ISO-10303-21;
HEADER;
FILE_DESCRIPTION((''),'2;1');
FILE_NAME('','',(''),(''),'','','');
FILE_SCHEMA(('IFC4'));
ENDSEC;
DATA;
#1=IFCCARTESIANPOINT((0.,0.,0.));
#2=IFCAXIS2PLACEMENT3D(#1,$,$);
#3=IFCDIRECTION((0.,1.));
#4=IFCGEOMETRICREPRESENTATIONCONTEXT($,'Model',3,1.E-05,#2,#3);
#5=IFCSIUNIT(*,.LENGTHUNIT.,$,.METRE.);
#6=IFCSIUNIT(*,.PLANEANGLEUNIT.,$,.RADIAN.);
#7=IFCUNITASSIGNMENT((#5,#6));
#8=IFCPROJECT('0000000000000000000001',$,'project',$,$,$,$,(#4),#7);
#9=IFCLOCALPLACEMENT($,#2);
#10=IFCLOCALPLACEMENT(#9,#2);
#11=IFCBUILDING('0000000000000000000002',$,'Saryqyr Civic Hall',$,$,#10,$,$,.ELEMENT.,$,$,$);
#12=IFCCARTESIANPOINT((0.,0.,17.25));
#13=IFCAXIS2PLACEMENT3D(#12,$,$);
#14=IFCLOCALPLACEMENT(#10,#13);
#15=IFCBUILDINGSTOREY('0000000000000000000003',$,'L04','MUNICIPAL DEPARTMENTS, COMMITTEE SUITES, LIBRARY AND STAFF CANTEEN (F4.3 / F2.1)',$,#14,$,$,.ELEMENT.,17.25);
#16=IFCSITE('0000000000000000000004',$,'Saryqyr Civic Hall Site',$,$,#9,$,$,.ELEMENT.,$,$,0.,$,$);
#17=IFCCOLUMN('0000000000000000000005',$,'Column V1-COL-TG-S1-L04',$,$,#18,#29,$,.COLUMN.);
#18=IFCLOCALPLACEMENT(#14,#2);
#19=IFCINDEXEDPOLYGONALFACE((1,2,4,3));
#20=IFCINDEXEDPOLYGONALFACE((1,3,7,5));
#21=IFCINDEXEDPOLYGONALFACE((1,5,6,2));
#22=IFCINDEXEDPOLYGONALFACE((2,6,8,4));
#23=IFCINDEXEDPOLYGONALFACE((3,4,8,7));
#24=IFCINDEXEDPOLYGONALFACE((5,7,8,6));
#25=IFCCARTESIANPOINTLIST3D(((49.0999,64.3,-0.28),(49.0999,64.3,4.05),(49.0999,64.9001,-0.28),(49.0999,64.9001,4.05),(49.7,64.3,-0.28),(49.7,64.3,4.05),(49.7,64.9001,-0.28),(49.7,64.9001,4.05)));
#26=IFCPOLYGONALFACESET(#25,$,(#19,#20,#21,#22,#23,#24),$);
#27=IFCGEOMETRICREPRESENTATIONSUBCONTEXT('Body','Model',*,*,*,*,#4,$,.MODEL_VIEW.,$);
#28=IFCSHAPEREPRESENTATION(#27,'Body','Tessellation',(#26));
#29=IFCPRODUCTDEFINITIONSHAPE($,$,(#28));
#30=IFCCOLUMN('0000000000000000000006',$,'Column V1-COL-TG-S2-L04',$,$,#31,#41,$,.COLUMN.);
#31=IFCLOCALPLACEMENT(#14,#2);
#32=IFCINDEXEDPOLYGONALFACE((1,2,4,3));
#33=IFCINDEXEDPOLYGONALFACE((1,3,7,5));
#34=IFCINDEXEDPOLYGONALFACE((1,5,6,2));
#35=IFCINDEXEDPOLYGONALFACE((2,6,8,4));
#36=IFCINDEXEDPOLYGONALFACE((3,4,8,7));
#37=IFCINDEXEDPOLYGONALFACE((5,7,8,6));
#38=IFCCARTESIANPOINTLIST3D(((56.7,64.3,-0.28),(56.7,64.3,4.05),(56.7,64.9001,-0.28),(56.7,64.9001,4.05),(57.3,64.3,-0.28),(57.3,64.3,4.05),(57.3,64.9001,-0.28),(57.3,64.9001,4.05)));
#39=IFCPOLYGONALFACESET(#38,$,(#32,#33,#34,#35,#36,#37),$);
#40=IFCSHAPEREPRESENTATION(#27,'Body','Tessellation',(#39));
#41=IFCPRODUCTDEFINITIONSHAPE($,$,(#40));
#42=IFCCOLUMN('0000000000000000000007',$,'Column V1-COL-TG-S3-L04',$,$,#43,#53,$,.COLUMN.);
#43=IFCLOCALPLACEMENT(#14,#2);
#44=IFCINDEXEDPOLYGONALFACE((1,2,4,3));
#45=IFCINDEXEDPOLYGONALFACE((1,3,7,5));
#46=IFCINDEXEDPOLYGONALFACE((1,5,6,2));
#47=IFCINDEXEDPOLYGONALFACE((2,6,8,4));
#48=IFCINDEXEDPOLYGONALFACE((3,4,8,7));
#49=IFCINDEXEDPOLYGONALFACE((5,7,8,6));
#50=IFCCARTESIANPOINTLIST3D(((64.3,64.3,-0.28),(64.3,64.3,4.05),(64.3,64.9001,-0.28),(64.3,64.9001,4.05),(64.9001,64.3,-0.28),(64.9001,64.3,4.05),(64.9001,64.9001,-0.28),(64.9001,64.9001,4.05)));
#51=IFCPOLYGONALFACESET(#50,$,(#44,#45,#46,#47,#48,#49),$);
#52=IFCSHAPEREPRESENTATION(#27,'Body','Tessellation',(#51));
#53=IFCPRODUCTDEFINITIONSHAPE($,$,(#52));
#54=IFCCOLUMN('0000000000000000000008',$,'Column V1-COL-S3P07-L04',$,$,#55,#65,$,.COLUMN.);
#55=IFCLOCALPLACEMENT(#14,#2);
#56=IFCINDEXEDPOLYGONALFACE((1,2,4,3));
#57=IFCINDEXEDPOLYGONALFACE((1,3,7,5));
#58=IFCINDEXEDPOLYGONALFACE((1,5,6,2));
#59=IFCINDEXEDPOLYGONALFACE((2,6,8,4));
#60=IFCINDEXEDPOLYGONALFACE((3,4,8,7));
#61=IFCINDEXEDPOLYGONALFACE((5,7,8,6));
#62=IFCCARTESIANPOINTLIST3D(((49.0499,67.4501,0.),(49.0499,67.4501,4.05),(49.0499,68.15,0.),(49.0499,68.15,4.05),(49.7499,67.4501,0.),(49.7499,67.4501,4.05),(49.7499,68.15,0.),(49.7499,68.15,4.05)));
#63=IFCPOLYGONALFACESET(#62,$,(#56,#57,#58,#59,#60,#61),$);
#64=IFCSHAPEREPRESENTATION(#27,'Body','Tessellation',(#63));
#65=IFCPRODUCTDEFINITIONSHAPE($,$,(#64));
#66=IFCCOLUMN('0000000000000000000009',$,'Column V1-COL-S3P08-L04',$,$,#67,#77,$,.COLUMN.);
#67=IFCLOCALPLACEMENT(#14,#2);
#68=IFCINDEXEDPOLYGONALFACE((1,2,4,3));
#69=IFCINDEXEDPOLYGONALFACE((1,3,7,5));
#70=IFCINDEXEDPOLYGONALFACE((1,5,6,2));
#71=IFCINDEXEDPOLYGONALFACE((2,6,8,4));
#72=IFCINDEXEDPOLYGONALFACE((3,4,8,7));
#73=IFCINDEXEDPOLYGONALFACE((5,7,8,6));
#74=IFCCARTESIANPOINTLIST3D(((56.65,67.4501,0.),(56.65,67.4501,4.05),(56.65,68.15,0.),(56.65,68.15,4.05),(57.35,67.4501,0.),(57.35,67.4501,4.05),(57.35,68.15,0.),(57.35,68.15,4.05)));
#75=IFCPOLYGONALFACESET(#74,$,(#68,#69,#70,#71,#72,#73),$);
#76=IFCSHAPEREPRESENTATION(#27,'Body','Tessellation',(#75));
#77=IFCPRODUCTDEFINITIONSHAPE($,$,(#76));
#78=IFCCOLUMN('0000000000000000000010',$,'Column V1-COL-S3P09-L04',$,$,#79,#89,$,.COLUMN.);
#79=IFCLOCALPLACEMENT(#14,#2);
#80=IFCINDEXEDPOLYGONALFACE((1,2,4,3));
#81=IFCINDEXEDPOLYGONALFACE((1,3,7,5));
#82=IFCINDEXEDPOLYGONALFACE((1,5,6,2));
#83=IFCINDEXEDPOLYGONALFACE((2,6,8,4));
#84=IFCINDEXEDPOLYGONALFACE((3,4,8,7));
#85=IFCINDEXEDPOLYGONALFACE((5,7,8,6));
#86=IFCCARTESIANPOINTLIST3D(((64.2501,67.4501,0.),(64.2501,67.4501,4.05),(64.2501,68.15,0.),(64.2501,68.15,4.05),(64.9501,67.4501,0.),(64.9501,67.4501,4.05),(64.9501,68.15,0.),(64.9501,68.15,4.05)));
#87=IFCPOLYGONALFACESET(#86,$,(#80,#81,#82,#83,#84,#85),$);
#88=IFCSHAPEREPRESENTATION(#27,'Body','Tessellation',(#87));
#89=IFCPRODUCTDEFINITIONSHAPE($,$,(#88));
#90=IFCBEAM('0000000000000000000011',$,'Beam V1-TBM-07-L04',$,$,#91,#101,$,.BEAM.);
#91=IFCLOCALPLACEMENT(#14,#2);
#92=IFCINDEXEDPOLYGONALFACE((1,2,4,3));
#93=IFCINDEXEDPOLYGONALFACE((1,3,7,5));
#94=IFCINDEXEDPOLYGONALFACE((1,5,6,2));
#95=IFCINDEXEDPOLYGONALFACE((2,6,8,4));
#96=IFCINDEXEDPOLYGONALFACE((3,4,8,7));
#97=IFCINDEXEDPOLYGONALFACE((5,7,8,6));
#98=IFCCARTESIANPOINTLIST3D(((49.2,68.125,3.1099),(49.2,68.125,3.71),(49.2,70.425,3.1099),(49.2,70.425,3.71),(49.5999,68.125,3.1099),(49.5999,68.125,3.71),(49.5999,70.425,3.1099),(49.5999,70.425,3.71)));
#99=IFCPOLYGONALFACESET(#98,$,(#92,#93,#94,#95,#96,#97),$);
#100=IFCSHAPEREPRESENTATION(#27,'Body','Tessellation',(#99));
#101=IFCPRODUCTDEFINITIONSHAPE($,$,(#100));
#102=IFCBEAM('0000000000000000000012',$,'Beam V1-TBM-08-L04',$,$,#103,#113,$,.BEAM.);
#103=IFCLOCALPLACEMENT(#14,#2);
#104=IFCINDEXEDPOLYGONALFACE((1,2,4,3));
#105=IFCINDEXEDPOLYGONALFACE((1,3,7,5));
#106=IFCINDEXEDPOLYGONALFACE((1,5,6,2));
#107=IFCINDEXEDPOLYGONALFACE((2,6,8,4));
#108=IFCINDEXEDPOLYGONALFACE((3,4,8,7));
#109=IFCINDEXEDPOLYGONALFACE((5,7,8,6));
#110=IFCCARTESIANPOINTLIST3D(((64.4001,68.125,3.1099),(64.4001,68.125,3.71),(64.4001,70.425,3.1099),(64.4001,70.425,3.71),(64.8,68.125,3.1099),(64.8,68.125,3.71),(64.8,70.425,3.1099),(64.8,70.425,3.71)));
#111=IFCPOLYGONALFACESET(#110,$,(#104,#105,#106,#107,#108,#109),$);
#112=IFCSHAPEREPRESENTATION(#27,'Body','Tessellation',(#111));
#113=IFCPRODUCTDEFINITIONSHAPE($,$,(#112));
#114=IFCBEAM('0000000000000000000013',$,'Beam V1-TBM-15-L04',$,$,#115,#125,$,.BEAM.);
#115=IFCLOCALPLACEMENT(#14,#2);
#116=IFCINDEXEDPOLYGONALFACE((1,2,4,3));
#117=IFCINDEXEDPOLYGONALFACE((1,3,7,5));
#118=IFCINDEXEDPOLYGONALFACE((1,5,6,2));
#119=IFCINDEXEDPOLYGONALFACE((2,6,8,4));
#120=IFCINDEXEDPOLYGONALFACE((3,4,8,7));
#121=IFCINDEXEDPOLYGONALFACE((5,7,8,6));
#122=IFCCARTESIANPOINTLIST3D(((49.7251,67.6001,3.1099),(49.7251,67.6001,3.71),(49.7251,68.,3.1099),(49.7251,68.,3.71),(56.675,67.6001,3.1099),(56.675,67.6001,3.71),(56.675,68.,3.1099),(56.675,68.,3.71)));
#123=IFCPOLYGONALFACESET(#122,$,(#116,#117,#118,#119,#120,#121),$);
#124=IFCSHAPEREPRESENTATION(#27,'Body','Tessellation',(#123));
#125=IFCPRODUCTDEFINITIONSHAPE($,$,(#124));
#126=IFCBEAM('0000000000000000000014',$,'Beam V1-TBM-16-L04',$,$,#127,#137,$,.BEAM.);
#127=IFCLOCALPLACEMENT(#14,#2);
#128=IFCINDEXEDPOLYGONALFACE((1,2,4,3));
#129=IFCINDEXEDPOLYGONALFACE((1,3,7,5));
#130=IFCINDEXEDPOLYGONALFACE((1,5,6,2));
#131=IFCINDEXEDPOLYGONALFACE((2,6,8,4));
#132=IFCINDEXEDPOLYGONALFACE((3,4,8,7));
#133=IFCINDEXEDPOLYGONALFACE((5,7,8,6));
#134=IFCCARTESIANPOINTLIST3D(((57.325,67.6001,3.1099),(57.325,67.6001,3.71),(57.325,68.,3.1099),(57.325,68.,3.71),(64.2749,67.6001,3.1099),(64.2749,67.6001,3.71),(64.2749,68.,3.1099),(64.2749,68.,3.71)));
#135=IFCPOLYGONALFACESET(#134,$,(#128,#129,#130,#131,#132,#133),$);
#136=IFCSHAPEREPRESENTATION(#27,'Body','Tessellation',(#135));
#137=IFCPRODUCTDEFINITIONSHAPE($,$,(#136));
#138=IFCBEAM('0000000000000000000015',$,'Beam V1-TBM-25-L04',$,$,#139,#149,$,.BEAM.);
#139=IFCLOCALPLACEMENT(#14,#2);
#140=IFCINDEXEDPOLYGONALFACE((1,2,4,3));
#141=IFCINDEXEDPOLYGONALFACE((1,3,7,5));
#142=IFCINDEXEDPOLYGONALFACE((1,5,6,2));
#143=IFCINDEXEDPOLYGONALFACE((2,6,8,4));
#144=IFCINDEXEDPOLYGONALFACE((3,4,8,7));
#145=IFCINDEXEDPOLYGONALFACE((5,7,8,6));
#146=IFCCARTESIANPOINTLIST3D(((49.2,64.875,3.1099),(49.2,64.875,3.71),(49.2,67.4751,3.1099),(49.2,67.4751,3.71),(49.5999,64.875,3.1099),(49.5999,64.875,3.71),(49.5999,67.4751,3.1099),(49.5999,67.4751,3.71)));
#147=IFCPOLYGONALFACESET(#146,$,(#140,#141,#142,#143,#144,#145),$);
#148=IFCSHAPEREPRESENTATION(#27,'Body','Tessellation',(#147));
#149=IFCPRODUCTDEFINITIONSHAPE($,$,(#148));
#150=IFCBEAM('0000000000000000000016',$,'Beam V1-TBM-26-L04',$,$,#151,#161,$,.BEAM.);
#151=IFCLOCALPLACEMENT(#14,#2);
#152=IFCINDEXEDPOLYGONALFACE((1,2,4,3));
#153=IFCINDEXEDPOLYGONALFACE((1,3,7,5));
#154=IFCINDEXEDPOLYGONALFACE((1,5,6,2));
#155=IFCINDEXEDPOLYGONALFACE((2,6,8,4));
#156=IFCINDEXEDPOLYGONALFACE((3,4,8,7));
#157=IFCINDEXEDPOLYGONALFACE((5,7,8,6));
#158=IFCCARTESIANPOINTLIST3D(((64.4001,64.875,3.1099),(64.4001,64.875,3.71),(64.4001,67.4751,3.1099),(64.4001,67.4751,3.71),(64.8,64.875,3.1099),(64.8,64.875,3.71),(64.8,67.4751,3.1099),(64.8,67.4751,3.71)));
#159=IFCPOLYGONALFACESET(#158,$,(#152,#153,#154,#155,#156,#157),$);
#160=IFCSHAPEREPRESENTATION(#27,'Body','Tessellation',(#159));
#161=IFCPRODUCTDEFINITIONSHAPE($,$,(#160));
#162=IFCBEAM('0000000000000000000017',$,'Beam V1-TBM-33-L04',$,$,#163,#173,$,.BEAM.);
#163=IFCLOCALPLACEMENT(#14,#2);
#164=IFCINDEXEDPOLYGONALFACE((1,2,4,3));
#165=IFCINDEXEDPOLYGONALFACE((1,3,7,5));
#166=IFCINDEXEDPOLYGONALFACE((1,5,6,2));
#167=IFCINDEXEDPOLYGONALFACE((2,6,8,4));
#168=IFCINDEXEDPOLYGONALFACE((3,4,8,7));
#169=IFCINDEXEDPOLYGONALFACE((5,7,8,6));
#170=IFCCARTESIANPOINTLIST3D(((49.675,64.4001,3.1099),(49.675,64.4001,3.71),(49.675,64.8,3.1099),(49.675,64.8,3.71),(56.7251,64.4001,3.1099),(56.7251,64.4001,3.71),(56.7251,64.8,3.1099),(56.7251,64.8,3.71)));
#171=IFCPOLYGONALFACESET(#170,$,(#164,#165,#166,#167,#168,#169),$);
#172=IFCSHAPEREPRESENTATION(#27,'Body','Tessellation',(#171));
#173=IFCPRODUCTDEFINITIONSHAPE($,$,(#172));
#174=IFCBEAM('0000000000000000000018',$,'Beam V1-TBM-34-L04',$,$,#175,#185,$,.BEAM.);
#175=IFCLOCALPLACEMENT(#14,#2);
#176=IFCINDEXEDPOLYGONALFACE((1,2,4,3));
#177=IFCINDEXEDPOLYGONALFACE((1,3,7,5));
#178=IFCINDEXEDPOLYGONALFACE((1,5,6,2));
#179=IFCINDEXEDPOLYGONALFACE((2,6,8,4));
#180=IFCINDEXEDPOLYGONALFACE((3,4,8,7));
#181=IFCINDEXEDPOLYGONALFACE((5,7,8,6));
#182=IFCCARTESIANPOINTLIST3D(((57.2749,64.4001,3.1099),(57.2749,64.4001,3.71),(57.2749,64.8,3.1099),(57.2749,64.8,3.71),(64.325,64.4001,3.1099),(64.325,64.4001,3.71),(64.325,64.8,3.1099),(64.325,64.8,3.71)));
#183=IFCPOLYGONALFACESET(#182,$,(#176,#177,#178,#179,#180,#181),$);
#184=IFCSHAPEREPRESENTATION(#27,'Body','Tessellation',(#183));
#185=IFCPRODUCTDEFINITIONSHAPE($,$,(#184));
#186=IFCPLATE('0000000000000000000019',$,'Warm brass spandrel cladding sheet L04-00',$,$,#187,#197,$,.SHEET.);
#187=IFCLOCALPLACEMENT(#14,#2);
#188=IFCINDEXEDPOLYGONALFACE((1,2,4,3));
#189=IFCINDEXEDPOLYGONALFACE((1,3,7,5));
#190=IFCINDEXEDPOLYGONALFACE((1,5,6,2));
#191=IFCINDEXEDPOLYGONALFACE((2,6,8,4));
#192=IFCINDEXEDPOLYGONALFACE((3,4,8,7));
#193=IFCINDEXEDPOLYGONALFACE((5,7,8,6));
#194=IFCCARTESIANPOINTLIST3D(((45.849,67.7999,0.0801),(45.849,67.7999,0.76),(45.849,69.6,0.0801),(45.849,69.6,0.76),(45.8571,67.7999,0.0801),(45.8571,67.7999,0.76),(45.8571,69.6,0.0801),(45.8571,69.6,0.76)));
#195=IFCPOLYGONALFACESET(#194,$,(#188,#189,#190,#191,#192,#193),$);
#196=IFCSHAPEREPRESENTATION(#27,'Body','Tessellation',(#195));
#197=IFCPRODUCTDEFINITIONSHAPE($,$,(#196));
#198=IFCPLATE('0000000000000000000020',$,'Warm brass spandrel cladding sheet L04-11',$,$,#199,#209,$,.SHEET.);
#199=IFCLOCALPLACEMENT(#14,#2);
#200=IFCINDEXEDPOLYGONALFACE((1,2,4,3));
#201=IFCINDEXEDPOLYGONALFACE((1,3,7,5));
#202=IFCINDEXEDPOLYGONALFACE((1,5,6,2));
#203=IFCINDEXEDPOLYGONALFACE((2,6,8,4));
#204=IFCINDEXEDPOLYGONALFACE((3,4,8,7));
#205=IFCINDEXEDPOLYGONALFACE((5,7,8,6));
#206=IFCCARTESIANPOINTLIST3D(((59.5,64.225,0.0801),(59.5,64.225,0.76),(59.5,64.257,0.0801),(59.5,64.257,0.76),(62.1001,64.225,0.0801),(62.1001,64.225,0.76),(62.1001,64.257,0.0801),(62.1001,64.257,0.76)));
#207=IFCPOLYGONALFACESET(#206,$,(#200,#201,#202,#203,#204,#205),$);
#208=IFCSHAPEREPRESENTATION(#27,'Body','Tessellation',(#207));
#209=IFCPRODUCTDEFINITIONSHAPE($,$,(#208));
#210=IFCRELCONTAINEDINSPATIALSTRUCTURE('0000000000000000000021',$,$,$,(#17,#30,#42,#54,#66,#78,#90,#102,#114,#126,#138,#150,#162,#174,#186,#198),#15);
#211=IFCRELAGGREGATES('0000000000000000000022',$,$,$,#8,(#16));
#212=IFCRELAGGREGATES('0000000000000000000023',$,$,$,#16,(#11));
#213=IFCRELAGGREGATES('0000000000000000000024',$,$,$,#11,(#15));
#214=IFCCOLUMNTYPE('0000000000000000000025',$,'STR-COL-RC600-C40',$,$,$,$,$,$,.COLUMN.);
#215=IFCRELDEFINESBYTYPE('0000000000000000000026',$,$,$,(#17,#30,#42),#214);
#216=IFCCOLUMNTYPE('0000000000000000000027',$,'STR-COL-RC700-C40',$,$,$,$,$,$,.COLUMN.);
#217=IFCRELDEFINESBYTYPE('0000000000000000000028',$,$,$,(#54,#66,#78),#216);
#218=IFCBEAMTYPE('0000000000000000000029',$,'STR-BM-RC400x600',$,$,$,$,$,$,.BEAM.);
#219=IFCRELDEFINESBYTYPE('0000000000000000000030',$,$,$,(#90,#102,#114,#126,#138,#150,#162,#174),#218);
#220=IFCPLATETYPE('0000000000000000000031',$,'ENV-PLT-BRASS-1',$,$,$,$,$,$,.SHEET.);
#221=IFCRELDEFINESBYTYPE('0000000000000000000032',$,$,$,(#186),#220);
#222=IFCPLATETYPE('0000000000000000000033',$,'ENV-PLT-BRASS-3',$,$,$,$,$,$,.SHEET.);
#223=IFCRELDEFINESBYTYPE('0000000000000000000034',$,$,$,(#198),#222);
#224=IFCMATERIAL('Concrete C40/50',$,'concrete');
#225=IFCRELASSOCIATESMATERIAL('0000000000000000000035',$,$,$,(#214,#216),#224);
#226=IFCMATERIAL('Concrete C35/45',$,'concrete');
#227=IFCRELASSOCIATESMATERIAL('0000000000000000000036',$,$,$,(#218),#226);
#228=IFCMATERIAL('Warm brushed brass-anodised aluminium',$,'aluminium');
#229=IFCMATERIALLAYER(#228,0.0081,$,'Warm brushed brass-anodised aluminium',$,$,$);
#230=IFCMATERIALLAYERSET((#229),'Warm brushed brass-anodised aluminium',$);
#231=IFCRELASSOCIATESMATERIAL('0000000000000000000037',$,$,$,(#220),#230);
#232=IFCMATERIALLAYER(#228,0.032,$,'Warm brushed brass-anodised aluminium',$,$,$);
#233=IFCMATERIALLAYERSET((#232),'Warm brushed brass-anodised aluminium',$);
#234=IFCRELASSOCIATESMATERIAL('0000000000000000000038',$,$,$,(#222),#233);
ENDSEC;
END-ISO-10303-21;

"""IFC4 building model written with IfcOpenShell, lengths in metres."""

from ifc_helpers import new_model, si_unit, direction, frame, origin, origin_2d, place, context, subcontext, project, spatial, rectangle, extrude, material, layer, layer_set, material_profile, profile_set, type_object, element, save


model = new_model("IFC4")

# Units and contexts
model_context = context("Model", 3, precision=1e-05, world=origin(), true_north=direction((0.0, 1.0)))
body_context = subcontext(model_context, "Body", "Model", "MODEL_VIEW")
ifc_project = project(units=[si_unit("LENGTHUNIT", "METRE"), si_unit("PLANEANGLEUNIT", "RADIAN")], contexts=[model_context])

# Site, building, storey
site_placement = place(None, origin())
site = spatial("IfcSite", under=ifc_project, at=site_placement, Name="Saryqyr Civic Hall Site", CompositionType="ELEMENT", RefElevation=0.0)
building_placement = place(site_placement, origin())
building = spatial("IfcBuilding", under=site, at=building_placement, Name="Saryqyr Civic Hall", CompositionType="ELEMENT")
storey_placement = place(building_placement, frame((0.0, 0.0, 17.25)))
storey = spatial("IfcBuildingStorey", under=building, at=storey_placement, Name="L04", Description="MUNICIPAL DEPARTMENTS, COMMITTEE SUITES, LIBRARY AND STAFF CANTEEN (F4.3 / F2.1)", CompositionType="ELEMENT", Elevation=17.25)

# Columns
ifc_material_1 = material(Name="Concrete C40/50", Category="concrete")
ifc_material_profile_1 = material_profile(ifc_material_1, rectangle(XDim=0.6001, YDim=0.6001, at=origin_2d()), Name="RC 600x600")
ifc_profile_set_1 = profile_set([ifc_material_profile_1], Name="Concrete C40/50")
column_type_1 = type_object("IfcColumnType", Name="STR-COL-RC600-C40", PredefinedType="COLUMN", material=ifc_profile_set_1)
for number, where, z_axis, x_axis, name in (
    (1, (49.3999, 64.6001, -0.28), (0.0, 0.0, 1.0), (1.0, 0.0, 0.0), "Column V1-COL-TG-S1-L04"),
    (2, (57.0, 64.6001, -0.28), (0.0, 0.0, 1.0), (1.0, 0.0, 0.0), "Column V1-COL-TG-S2-L04"),
    (3, (64.6001, 64.6001, -0.28), (0.0, 0.0, 1.0), (1.0, 0.0, 0.0), "Column V1-COL-TG-S3-L04"),
):
    element("IfcColumn", number, at=place(storey_placement, frame(where, z_axis=z_axis, x_axis=x_axis)), inside=storey, type_object=column_type_1, Name=name, PredefinedType="COLUMN", context=body_context, shape_type="SweptSolid", body=[
        extrude(rectangle(XDim=0.6001, YDim=0.6001, at=origin_2d()), origin(), (0.0, 0.0, 1.0), 4.3301),
    ])
ifc_material_profile_2 = material_profile(ifc_material_1, rectangle(XDim=0.7, YDim=0.7, at=origin_2d()), Name="RC 700x700")
ifc_profile_set_2 = profile_set([ifc_material_profile_2], Name="Concrete C40/50")
column_type_2 = type_object("IfcColumnType", Name="STR-COL-RC700-C40", PredefinedType="COLUMN", material=ifc_profile_set_2)
for number, where, z_axis, x_axis, name in (
    (4, (49.3999, 67.8, 0.0), (0.0, 0.0, 1.0), (1.0, 0.0, 0.0), "Column V1-COL-S3P07-L04"),
    (5, (57.0, 67.8, 0.0), (0.0, 0.0, 1.0), (1.0, 0.0, 0.0), "Column V1-COL-S3P08-L04"),
    (6, (64.6001, 67.8, 0.0), (0.0, 0.0, 1.0), (1.0, 0.0, 0.0), "Column V1-COL-S3P09-L04"),
):
    element("IfcColumn", number, at=place(storey_placement, frame(where, z_axis=z_axis, x_axis=x_axis)), inside=storey, type_object=column_type_2, Name=name, PredefinedType="COLUMN", context=body_context, shape_type="SweptSolid", body=[
        extrude(rectangle(XDim=0.7, YDim=0.7, at=origin_2d()), origin(), (0.0, 0.0, 1.0), 4.05),
    ])

# Beams
ifc_material_2 = material(Name="Concrete C35/45", Category="concrete")
ifc_material_profile_3 = material_profile(ifc_material_2, rectangle(XDim=0.3999, YDim=0.6001, at=origin_2d()), Name="RC 400x600")
ifc_profile_set_3 = profile_set([ifc_material_profile_3], Name="Concrete C35/45")
beam_type = type_object("IfcBeamType", Name="STR-BM-RC400x600", PredefinedType="BEAM", material=ifc_profile_set_3)
for number, where, z_axis, x_axis, name in (
    (7, (49.3999, 68.125, 3.4099), (0.0, 1.0, 0.0), (-1.0, 0.0, 0.0), "Beam V1-TBM-07-L04"),
    (8, (64.6001, 68.125, 3.4099), (0.0, 1.0, 0.0), (-1.0, 0.0, 0.0), "Beam V1-TBM-08-L04"),
):
    element("IfcBeam", number, at=place(storey_placement, frame(where, z_axis=z_axis, x_axis=x_axis)), inside=storey, type_object=beam_type, Name=name, PredefinedType="BEAM", context=body_context, shape_type="SweptSolid", body=[
        extrude(rectangle(XDim=0.3999, YDim=0.6001, at=origin_2d()), origin(), (0.0, 0.0, 1.0), 2.3),
    ])
for number, where, z_axis, x_axis, name in (
    (9, (49.7251, 67.8, 3.4099), (1.0, 0.0, 0.0), (0.0, 1.0, 0.0), "Beam V1-TBM-15-L04"),
    (10, (57.325, 67.8, 3.4099), (1.0, 0.0, 0.0), (0.0, 1.0, 0.0), "Beam V1-TBM-16-L04"),
):
    element("IfcBeam", number, at=place(storey_placement, frame(where, z_axis=z_axis, x_axis=x_axis)), inside=storey, type_object=beam_type, Name=name, PredefinedType="BEAM", context=body_context, shape_type="SweptSolid", body=[
        extrude(rectangle(XDim=0.3999, YDim=0.6001, at=origin_2d()), origin(), (0.0, 0.0, 1.0), 6.95),
    ])
for number, where, z_axis, x_axis, name in (
    (11, (49.3999, 64.875, 3.4099), (0.0, 1.0, 0.0), (-1.0, 0.0, 0.0), "Beam V1-TBM-25-L04"),
    (12, (64.6001, 64.875, 3.4099), (0.0, 1.0, 0.0), (-1.0, 0.0, 0.0), "Beam V1-TBM-26-L04"),
):
    element("IfcBeam", number, at=place(storey_placement, frame(where, z_axis=z_axis, x_axis=x_axis)), inside=storey, type_object=beam_type, Name=name, PredefinedType="BEAM", context=body_context, shape_type="SweptSolid", body=[
        extrude(rectangle(XDim=0.3999, YDim=0.6001, at=origin_2d()), origin(), (0.0, 0.0, 1.0), 2.6001),
    ])
for number, where, z_axis, x_axis, name in (
    (13, (49.675, 64.6001, 3.4099), (1.0, 0.0, 0.0), (0.0, 1.0, 0.0), "Beam V1-TBM-33-L04"),
    (14, (57.2749, 64.6001, 3.4099), (1.0, 0.0, 0.0), (0.0, 1.0, 0.0), "Beam V1-TBM-34-L04"),
):
    element("IfcBeam", number, at=place(storey_placement, frame(where, z_axis=z_axis, x_axis=x_axis)), inside=storey, type_object=beam_type, Name=name, PredefinedType="BEAM", context=body_context, shape_type="SweptSolid", body=[
        extrude(rectangle(XDim=0.3999, YDim=0.6001, at=origin_2d()), origin(), (0.0, 0.0, 1.0), 7.05),
    ])

# Plates
ifc_material_3 = material(Name="Warm brushed brass-anodised aluminium", Category="aluminium")
ifc_layer_1 = layer(ifc_material_3, 0.0081, Name="Warm brushed brass-anodised aluminium")
ifc_layer_set_1 = layer_set([ifc_layer_1], Name="Warm brushed brass-anodised aluminium")
plate_type_1 = type_object("IfcPlateType", Name="ENV-PLT-BRASS-1", PredefinedType="SHEET", material=ifc_layer_set_1)
plate_1_placement = place(storey_placement, frame((45.853, 68.7, 0.0801), z_axis=(0.0, 0.0, 1.0), x_axis=(0.0, 1.0, 0.0)))
element("IfcPlate", 15, at=plate_1_placement, inside=storey, type_object=plate_type_1, Name="Warm brass spandrel cladding sheet L04-00", PredefinedType="SHEET", context=body_context, shape_type="SweptSolid", body=[
    extrude(rectangle(XDim=1.8, YDim=0.0081, at=origin_2d()), origin(), (0.0, 0.0, 1.0), 0.6799),
])
ifc_layer_2 = layer(ifc_material_3, 0.032, Name="Warm brushed brass-anodised aluminium")
ifc_layer_set_2 = layer_set([ifc_layer_2], Name="Warm brushed brass-anodised aluminium")
plate_type_2 = type_object("IfcPlateType", Name="ENV-PLT-BRASS-3", PredefinedType="SHEET", material=ifc_layer_set_2)
plate_2_placement = place(storey_placement, frame((60.8, 64.241, 0.0801), z_axis=(0.0, 0.0, 1.0), x_axis=(-1.0, 0.0, 0.0)))
element("IfcPlate", 16, at=plate_2_placement, inside=storey, type_object=plate_type_2, Name="Warm brass spandrel cladding sheet L04-11", PredefinedType="SHEET", context=body_context, shape_type="SweptSolid", body=[
    extrude(rectangle(XDim=2.6001, YDim=0.032, at=origin_2d()), origin(), (0.0, 0.0, 1.0), 0.6799),
])

save(model, "model.ifc")
